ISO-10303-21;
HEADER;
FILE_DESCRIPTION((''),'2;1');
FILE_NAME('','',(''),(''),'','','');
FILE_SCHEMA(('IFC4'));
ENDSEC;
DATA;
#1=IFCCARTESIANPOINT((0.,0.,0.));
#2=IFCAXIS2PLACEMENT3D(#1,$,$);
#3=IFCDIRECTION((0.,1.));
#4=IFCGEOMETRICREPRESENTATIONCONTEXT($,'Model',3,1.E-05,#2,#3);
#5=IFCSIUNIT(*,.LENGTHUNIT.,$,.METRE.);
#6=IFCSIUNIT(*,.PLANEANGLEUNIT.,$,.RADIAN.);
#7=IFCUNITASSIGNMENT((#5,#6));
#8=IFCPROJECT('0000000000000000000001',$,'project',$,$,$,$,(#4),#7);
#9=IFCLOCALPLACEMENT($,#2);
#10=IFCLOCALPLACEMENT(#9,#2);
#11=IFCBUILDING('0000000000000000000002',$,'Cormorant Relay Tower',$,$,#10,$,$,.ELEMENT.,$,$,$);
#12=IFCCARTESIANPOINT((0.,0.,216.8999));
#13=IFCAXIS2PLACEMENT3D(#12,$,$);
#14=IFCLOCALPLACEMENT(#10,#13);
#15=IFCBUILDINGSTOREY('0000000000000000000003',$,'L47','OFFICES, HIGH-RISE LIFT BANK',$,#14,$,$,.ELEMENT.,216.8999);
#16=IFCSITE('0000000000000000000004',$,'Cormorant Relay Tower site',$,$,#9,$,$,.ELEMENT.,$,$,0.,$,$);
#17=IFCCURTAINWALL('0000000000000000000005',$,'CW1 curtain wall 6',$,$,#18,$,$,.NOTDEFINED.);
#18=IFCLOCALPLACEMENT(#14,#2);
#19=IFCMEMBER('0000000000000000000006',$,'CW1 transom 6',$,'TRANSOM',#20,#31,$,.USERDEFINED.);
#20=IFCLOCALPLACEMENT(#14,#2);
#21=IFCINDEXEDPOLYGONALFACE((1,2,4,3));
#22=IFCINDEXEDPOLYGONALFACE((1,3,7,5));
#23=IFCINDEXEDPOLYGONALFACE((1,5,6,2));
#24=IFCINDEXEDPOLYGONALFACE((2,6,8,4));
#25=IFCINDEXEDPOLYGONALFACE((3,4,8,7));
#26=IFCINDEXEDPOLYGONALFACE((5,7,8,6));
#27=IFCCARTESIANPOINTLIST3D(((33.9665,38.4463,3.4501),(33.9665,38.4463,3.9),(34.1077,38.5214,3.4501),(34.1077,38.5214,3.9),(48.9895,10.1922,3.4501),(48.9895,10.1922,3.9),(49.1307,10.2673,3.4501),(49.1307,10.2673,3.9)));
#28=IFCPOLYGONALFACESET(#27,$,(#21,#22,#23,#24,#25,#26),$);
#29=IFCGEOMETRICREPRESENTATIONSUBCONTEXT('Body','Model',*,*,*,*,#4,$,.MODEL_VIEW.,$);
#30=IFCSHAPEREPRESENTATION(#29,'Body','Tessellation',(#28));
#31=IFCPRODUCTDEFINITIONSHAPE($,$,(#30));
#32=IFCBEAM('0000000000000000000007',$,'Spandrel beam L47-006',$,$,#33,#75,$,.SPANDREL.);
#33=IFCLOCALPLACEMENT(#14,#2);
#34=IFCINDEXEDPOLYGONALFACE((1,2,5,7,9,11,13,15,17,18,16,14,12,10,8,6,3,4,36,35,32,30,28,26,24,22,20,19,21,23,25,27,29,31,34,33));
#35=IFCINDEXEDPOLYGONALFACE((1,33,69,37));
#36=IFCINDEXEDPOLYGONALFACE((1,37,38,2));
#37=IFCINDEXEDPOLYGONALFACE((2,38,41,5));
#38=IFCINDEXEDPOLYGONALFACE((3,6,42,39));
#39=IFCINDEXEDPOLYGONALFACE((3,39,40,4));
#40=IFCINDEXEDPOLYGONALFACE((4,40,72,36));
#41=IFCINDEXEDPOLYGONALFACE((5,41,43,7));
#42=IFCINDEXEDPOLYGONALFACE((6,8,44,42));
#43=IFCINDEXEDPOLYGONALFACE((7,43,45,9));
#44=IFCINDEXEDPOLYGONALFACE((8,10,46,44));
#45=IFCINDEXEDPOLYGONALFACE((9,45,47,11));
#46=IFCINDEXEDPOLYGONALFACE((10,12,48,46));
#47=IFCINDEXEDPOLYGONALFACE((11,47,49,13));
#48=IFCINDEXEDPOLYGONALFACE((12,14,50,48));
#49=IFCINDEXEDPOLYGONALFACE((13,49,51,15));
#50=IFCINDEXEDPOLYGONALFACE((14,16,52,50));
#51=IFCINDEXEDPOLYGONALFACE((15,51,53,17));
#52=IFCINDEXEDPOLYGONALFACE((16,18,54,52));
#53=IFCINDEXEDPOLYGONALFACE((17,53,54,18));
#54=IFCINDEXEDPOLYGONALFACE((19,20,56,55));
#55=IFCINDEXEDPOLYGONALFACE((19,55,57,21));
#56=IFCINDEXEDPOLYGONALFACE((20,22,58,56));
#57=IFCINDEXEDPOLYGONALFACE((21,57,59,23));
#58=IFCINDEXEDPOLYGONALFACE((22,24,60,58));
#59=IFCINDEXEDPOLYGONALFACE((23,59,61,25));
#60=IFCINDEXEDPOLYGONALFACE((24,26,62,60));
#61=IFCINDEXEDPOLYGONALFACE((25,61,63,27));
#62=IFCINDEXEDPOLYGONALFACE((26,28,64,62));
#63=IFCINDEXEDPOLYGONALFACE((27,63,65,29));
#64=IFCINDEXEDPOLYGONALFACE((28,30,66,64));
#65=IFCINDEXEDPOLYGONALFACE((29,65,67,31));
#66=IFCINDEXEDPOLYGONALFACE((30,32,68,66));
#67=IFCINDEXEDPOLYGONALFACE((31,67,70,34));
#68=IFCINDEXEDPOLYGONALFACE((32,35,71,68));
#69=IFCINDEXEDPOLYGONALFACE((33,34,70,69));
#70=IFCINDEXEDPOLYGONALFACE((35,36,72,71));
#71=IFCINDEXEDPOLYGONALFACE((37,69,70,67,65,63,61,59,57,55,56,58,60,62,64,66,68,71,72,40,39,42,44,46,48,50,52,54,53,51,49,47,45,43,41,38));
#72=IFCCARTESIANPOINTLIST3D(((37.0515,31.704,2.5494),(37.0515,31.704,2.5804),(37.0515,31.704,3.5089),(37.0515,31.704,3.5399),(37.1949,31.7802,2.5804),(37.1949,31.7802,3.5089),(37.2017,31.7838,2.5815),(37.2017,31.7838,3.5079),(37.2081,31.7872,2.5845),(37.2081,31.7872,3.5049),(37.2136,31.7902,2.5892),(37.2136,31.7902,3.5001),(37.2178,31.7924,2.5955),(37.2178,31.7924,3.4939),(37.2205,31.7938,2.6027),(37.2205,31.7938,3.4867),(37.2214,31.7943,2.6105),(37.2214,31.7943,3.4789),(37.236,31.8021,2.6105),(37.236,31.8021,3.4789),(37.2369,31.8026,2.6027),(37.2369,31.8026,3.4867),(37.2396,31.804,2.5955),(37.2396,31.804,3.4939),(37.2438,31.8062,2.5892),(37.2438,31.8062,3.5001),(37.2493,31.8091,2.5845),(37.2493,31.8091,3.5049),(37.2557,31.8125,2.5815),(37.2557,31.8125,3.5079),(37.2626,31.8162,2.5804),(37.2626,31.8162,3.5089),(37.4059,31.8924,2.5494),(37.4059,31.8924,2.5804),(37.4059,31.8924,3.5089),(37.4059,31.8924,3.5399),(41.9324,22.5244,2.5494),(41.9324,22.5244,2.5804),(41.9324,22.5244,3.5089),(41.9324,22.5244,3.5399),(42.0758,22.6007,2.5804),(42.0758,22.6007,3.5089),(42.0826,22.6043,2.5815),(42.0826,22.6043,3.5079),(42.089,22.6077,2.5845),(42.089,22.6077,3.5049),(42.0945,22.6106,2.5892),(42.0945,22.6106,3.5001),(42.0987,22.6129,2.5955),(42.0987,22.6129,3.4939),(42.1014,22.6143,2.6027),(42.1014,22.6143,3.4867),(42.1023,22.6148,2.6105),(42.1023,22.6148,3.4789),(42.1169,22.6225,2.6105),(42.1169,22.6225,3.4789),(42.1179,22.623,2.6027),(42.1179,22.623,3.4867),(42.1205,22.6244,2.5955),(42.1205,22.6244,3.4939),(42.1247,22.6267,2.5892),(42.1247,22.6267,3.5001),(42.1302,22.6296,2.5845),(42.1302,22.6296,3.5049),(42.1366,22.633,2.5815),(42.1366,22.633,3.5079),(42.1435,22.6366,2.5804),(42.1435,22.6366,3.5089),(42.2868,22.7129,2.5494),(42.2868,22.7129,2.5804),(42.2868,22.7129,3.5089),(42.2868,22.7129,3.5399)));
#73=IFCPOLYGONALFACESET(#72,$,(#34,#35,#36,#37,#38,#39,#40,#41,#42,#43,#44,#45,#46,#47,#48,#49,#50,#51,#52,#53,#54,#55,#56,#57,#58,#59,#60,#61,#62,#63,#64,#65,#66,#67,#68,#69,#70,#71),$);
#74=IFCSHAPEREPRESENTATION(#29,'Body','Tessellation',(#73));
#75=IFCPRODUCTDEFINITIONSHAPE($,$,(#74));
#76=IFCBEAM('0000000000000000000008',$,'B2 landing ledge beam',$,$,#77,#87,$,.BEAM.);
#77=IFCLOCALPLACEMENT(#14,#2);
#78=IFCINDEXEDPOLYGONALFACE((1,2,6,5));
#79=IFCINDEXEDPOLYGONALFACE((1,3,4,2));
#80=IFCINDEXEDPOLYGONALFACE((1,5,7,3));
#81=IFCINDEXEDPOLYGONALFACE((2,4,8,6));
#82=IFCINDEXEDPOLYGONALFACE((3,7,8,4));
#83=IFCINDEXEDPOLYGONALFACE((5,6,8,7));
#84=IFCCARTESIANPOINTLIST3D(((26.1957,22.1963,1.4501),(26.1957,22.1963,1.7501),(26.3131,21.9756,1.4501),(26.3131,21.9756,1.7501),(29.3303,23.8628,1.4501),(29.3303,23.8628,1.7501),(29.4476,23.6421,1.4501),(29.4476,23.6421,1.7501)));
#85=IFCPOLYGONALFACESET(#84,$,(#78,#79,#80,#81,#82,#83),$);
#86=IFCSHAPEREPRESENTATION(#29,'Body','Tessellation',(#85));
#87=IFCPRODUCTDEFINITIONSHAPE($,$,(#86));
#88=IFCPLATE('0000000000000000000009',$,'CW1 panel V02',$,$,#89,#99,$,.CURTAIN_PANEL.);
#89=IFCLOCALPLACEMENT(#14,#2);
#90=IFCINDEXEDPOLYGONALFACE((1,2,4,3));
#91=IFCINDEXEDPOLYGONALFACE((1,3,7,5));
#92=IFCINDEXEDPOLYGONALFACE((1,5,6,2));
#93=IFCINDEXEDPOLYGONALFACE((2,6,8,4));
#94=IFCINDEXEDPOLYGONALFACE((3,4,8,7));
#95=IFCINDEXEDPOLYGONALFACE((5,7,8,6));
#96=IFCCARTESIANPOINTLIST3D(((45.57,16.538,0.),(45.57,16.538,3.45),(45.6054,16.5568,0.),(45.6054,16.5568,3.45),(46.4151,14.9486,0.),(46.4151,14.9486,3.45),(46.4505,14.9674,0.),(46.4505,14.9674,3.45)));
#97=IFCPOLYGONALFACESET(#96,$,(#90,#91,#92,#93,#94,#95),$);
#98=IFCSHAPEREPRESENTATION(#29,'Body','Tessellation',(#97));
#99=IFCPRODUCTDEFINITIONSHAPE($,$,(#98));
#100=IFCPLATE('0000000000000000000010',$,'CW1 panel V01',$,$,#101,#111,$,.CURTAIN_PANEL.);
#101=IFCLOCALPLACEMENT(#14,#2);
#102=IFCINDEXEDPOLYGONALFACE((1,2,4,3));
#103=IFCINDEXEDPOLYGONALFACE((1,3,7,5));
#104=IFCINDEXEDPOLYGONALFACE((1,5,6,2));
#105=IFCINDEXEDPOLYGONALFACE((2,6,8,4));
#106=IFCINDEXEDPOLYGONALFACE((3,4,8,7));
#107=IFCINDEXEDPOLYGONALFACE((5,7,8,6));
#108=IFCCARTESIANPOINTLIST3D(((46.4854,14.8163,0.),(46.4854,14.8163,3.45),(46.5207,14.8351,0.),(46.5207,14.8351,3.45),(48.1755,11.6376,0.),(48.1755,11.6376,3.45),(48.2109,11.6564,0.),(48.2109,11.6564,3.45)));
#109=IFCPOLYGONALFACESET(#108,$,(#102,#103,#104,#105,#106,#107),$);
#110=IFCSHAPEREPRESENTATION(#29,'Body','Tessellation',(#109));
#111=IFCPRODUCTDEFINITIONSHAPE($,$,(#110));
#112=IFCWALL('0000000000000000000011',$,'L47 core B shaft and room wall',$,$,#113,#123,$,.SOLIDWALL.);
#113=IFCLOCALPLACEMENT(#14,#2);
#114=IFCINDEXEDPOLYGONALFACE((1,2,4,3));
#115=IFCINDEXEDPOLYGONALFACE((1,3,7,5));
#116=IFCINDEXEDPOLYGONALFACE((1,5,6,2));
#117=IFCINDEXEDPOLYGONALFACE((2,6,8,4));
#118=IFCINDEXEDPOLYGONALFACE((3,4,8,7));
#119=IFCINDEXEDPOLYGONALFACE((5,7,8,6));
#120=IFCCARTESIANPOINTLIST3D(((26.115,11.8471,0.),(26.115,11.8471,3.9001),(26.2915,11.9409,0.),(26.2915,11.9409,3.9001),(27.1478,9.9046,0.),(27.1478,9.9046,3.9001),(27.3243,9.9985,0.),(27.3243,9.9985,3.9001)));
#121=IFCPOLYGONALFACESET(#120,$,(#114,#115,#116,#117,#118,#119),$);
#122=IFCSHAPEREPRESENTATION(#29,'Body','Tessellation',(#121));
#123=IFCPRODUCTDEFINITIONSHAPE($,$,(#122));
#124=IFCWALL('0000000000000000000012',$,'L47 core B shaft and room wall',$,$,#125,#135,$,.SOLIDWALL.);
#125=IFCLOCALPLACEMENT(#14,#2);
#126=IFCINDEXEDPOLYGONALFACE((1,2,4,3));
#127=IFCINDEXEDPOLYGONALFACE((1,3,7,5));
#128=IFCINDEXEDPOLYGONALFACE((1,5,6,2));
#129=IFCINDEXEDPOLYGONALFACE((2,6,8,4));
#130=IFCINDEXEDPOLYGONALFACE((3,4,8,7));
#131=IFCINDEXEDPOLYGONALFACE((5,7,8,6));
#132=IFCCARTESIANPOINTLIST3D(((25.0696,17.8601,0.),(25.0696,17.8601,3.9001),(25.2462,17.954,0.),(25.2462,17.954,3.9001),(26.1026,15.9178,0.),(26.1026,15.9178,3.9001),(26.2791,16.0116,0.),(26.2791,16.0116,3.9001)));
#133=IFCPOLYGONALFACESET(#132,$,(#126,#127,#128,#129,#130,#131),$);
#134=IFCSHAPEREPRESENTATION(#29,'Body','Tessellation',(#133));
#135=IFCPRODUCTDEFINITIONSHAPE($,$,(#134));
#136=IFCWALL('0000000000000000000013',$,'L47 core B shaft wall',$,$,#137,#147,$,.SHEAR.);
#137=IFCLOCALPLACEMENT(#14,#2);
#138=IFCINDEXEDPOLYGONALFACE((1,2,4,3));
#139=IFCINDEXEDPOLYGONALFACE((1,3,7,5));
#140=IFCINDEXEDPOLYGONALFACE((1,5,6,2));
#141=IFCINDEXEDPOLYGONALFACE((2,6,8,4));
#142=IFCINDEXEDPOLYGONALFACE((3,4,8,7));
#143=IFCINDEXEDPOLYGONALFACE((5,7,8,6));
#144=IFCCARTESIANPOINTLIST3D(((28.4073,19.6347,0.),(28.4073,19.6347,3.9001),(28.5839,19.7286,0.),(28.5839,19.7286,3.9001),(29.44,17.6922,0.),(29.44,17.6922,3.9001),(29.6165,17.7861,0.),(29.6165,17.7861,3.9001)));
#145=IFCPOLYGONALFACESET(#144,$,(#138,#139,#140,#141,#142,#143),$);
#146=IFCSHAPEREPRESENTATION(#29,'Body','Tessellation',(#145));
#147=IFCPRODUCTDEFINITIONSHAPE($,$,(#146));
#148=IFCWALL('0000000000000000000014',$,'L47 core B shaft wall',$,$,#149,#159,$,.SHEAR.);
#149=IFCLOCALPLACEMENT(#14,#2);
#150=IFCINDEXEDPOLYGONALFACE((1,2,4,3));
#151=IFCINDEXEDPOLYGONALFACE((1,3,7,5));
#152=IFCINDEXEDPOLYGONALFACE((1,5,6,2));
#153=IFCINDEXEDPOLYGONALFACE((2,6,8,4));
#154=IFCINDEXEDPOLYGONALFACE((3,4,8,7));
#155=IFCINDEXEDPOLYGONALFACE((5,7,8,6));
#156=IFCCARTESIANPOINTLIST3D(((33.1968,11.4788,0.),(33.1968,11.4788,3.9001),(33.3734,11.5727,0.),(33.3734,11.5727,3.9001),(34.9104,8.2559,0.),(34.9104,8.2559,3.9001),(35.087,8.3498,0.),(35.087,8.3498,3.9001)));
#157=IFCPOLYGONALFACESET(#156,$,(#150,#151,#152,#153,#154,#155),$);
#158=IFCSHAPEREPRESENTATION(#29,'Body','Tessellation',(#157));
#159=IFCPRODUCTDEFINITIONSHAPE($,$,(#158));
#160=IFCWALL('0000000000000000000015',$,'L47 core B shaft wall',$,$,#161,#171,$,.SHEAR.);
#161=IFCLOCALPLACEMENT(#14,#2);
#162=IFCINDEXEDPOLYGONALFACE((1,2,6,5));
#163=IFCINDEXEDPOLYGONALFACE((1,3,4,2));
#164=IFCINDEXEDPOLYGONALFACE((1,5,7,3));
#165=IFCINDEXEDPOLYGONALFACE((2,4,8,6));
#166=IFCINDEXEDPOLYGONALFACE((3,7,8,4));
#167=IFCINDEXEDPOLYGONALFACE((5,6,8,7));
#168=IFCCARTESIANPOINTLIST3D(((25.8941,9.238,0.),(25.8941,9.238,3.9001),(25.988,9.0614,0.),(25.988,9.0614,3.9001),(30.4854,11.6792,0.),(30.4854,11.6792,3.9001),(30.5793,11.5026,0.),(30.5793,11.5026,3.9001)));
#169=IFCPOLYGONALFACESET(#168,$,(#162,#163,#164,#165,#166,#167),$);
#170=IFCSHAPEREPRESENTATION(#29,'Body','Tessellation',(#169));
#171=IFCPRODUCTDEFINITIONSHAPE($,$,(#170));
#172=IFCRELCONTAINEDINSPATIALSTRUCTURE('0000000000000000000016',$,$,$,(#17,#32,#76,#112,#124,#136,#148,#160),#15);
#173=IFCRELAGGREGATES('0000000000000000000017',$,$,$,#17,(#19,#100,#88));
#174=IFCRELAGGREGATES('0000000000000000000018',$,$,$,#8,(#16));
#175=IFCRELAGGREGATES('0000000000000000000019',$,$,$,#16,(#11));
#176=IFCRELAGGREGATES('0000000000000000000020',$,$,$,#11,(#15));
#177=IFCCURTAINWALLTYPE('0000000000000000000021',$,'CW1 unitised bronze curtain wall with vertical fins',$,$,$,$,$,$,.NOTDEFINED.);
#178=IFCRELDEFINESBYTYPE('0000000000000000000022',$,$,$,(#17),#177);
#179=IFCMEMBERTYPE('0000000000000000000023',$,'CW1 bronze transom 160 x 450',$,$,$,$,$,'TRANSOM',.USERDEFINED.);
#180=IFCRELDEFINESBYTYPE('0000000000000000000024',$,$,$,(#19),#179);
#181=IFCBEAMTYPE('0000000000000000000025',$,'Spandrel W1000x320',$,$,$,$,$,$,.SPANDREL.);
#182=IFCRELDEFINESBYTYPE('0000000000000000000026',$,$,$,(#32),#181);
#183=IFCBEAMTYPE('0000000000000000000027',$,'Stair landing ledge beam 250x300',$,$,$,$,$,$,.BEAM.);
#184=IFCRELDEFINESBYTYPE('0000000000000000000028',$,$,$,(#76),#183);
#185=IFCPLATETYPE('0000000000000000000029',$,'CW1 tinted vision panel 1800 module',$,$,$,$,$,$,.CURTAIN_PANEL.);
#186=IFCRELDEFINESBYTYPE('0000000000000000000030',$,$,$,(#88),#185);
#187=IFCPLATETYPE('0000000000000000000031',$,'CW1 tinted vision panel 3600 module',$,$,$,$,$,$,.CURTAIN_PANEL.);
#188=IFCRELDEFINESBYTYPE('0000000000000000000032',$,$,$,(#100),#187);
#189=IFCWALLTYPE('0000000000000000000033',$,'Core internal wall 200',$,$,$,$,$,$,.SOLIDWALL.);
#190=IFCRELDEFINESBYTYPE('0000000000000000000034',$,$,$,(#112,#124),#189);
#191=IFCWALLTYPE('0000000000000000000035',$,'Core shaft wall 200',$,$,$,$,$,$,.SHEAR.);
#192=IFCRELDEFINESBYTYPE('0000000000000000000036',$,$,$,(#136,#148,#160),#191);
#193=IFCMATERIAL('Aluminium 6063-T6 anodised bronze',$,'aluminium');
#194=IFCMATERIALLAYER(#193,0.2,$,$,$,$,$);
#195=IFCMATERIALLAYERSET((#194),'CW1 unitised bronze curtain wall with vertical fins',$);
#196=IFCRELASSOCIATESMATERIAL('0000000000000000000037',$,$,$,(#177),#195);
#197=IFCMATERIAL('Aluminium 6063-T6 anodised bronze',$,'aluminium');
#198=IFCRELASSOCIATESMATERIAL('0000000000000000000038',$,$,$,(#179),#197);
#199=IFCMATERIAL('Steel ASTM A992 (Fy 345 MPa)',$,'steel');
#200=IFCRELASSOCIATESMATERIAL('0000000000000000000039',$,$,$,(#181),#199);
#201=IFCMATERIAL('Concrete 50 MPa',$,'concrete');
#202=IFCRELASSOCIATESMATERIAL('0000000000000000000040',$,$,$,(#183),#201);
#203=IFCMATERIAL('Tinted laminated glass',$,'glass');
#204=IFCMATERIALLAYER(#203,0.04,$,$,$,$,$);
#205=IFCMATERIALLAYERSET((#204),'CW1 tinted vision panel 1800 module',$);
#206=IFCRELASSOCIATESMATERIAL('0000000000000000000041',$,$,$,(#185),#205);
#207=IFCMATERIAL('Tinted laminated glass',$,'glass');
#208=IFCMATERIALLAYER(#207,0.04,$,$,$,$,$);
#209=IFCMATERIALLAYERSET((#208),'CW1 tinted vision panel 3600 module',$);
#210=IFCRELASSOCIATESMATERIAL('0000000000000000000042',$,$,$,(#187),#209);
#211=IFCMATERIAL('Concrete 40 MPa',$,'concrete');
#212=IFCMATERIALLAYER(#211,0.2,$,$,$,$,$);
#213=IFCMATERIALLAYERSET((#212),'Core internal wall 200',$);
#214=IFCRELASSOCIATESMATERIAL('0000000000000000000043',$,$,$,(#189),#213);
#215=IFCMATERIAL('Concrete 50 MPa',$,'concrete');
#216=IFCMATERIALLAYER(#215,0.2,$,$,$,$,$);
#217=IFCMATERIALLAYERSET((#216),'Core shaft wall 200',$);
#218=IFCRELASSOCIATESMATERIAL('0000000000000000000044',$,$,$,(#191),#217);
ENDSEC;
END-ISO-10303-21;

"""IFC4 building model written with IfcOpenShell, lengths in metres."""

from ifc_helpers import new_model, si_unit, direction, frame, frame_2d, origin, origin_2d, place, context, subcontext, project, spatial, rectangle, i_section, extrude, material, layer, layer_set, material_profile, profile_set, type_object, element, aggregate, save


model = new_model("IFC4")

# Units and contexts
model_context = context("Model", 3, precision=1e-05, world=origin(), true_north=direction((0.0, 1.0)))
body_context = subcontext(model_context, "Body", "Model", "MODEL_VIEW")
ifc_project = project(units=[si_unit("LENGTHUNIT", "METRE"), si_unit("PLANEANGLEUNIT", "RADIAN")], contexts=[model_context])

# Site, building, storey
site_placement = place(None, origin())
site = spatial("IfcSite", under=ifc_project, at=site_placement, Name="Cormorant Relay Tower site", CompositionType="ELEMENT", RefElevation=0.0)
building_placement = place(site_placement, origin())
building = spatial("IfcBuilding", under=site, at=building_placement, Name="Cormorant Relay Tower", CompositionType="ELEMENT")
storey_placement = place(building_placement, frame((0.0, 0.0, 216.8999)))
storey = spatial("IfcBuildingStorey", under=building, at=storey_placement, Name="L47", Description="OFFICES, HIGH-RISE LIFT BANK", CompositionType="ELEMENT", Elevation=216.8999)

# Curtain wall, member
ifc_material_1 = material(Name="Aluminium 6063-T6 anodised bronze", Category="aluminium")
ifc_layer_1 = layer(ifc_material_1, 0.2)
ifc_layer_set_1 = layer_set([ifc_layer_1], Name="CW1 unitised bronze curtain wall with vertical fins")
curtain_wall_type = type_object("IfcCurtainWallType", Name="CW1 unitised bronze curtain wall with vertical fins", PredefinedType="NOTDEFINED", material=ifc_layer_set_1)
curtain_wall_1_placement = place(storey_placement, origin())
curtain_wall_1 = element("IfcCurtainWall", 1, at=curtain_wall_1_placement, inside=storey, type_object=curtain_wall_type, Name="CW1 curtain wall 6", PredefinedType="NOTDEFINED")
ifc_material_2 = material(Name="Aluminium 6063-T6 anodised bronze", Category="aluminium")
ifc_material_profile_1 = material_profile(ifc_material_2, rectangle(XDim=0.1599, YDim=0.45, at=origin_2d()), Name="AL 160x450")
ifc_profile_set_1 = profile_set([ifc_material_profile_1], Name="Aluminium 6063-T6 anodised bronze")
member_type_1 = type_object("IfcMemberType", Name="CW1 bronze transom 160 x 450", ElementType="TRANSOM", PredefinedType="USERDEFINED", material=ifc_profile_set_1)
member_1_placement = place(storey_placement, frame((49.0601, 10.2297, 3.675), z_axis=(-0.46947, 0.882948, 0.0), x_axis=(-0.882948, -0.46947, 0.0)))
member_1 = element("IfcMember", 2, at=member_1_placement, type_object=member_type_1, Name="CW1 transom 6", ObjectType="TRANSOM", PredefinedType="USERDEFINED", context=body_context, shape_type="SweptSolid", body=[
    extrude(rectangle(XDim=0.1599, YDim=0.45, at=origin_2d()), origin(), (0.0, 0.0, 1.0), 31.9998),
])

# Beams
ifc_material_3 = material(Name="Steel ASTM A992 (Fy 345 MPa)", Category="steel")
ifc_material_profile_2 = material_profile(ifc_material_3, i_section(OverallWidth=0.4014, OverallDepth=0.9905, WebThickness=0.0166, FlangeThickness=0.031, FilletRadius=0.03, at=origin_2d()), Name="W1000x320")
ifc_profile_set_2 = profile_set([ifc_material_profile_2], Name="Steel ASTM A992 (Fy 345 MPa)")
beam_type_1 = type_object("IfcBeamType", Name="Spandrel W1000x320", PredefinedType="SPANDREL", material=ifc_profile_set_2)
beam_1_placement = place(storey_placement, frame((42.1096, 22.6187, 3.0447), z_axis=(-0.469476, 0.882945, 0.0), x_axis=(-0.882945, -0.469476, 0.0)))
element("IfcBeam", 3, at=beam_1_placement, inside=storey, type_object=beam_type_1, Name="Spandrel beam L47-006", PredefinedType="SPANDREL", context=body_context, shape_type="SweptSolid", body=[
    extrude(i_section(OverallWidth=0.4014, OverallDepth=0.9905, WebThickness=0.0166, FlangeThickness=0.031, FilletRadius=0.03, at=origin_2d()), origin(), (0.0, 0.0, 1.0), 10.3965),
])
ifc_material_4 = material(Name="Concrete 50 MPa", Category="concrete")
ifc_material_profile_3 = material_profile(ifc_material_4, rectangle(XDim=0.25, YDim=0.3, at=origin_2d()), Name="RC 250x300")
ifc_profile_set_3 = profile_set([ifc_material_profile_3], Name="Concrete 50 MPa")
beam_type_2 = type_object("IfcBeamType", Name="Stair landing ledge beam 250x300", PredefinedType="BEAM", material=ifc_profile_set_3)
beam_2_placement = place(storey_placement, frame((26.2544, 22.0859, 1.6001), z_axis=(0.882965, 0.469438, 0.0), x_axis=(-0.469438, 0.882965, 0.0)))
element("IfcBeam", 4, at=beam_2_placement, inside=storey, type_object=beam_type_2, Name="B2 landing ledge beam", PredefinedType="BEAM", context=body_context, shape_type="SweptSolid", body=[
    extrude(rectangle(XDim=0.25, YDim=0.3, at=origin_2d()), origin(), (0.0, 0.0, 1.0), 3.55),
])

# Plates
ifc_material_5 = material(Name="Tinted laminated glass", Category="glass")
ifc_layer_2 = layer(ifc_material_5, 0.04)
ifc_layer_set_2 = layer_set([ifc_layer_2], Name="CW1 tinted vision panel 1800 module")
plate_type_1 = type_object("IfcPlateType", Name="CW1 tinted vision panel 1800 module", PredefinedType="CURTAIN_PANEL", material=ifc_layer_set_2)
plate_1_placement = place(storey_placement, frame((46.0103, 15.7527, 0.0), z_axis=(0.0, 0.0, 1.0), x_axis=(-0.469472, 0.882948, 0.0)))
plate_1 = element("IfcPlate", 5, at=plate_1_placement, type_object=plate_type_1, Name="CW1 panel V02", PredefinedType="CURTAIN_PANEL", context=body_context, shape_type="SweptSolid", body=[
    extrude(rectangle(XDim=1.8, YDim=0.04, at=origin_2d()), origin(), (0.0, 0.0, 1.0), 3.45),
])
ifc_material_6 = material(Name="Tinted laminated glass", Category="glass")
ifc_layer_3 = layer(ifc_material_6, 0.04)
ifc_layer_set_3 = layer_set([ifc_layer_3], Name="CW1 tinted vision panel 3600 module")
plate_type_2 = type_object("IfcPlateType", Name="CW1 tinted vision panel 3600 module", PredefinedType="CURTAIN_PANEL", material=ifc_layer_set_3)
plate_2_placement = place(storey_placement, frame((47.3481, 13.2363, 0.0), z_axis=(0.0, 0.0, 1.0), x_axis=(-0.469472, 0.882948, 0.0)))
plate_2 = element("IfcPlate", 6, at=plate_2_placement, type_object=plate_type_2, Name="CW1 panel V01", PredefinedType="CURTAIN_PANEL", context=body_context, shape_type="SweptSolid", body=[
    extrude(rectangle(XDim=3.6001, YDim=0.04, at=origin_2d()), origin(), (0.0, 0.0, 1.0), 3.45),
])

# Walls
ifc_material_7 = material(Name="Concrete 40 MPa", Category="concrete")
ifc_layer_4 = layer(ifc_material_7, 0.2)
ifc_layer_set_4 = layer_set([ifc_layer_4], Name="Core internal wall 200")
wall_type_1 = type_object("IfcWallType", Name="Core internal wall 200", PredefinedType="SOLIDWALL", material=ifc_layer_set_4)
for number, where, z_axis, x_axis, name in (
    (7, (27.2361, 9.9514, 0.0), (0.0, 0.0, 1.0), (-0.469447, 0.88296, 0.0), "L47 core B shaft and room wall"),
    (8, (26.1909, 15.9646, 0.0), (0.0, 0.0, 1.0), (-0.469534, 0.882914, 0.0), "L47 core B shaft and room wall"),
):
    element("IfcWall", number, at=place(storey_placement, frame(where, z_axis=z_axis, x_axis=x_axis)), inside=storey, type_object=wall_type_1, Name=name, PredefinedType="SOLIDWALL", context=body_context, shape_type="SweptSolid", body=[
        extrude(rectangle(XDim=2.2, YDim=0.2, at=frame_2d((1.1001, 0.0))), origin(), (0.0, 0.0, 1.0), 3.9001),
    ])
ifc_material_8 = material(Name="Concrete 50 MPa", Category="concrete")
ifc_layer_5 = layer(ifc_material_8, 0.2)
ifc_layer_set_5 = layer_set([ifc_layer_5], Name="Core shaft wall 200")
wall_type_2 = type_object("IfcWallType", Name="Core shaft wall 200", PredefinedType="SHEAR", material=ifc_layer_set_5)
wall_1_placement = place(storey_placement, frame((29.5283, 17.739, 0.0), z_axis=(0.0, 0.0, 1.0), x_axis=(-0.469401, 0.882985, 0.0)))
element("IfcWall", 9, at=wall_1_placement, inside=storey, type_object=wall_type_2, Name="L47 core B shaft wall", PredefinedType="SHEAR", context=body_context, shape_type="SweptSolid", body=[
    extrude(rectangle(XDim=2.2, YDim=0.2, at=frame_2d((1.1001, 0.0))), origin(), (0.0, 0.0, 1.0), 3.9001),
])
wall_2_placement = place(storey_placement, frame((34.9988, 8.3027, 0.0), z_axis=(0.0, 0.0, 1.0), x_axis=(-0.469467, 0.88295, 0.0)))
element("IfcWall", 10, at=wall_2_placement, inside=storey, type_object=wall_type_2, Name="L47 core B shaft wall", PredefinedType="SHEAR", context=body_context, shape_type="SweptSolid", body=[
    extrude(rectangle(XDim=3.6501, YDim=0.2, at=frame_2d((1.8252, 0.0))), origin(), (0.0, 0.0, 1.0), 3.9001),
])

# Wall
wall_3_placement = place(storey_placement, frame((25.9409, 9.1497, 0.0), z_axis=(0.0, 0.0, 1.0), x_axis=(0.882954, 0.46946, 0.0)))
element("IfcWall", 11, at=wall_3_placement, inside=storey, type_object=wall_type_2, Name="L47 core B shaft wall", PredefinedType="SHEAR", context=body_context, shape_type="SweptSolid", body=[
    extrude(rectangle(XDim=5.2, YDim=0.2, at=frame_2d((2.6001, 0.0))), origin(), (0.0, 0.0, 1.0), 3.9001),
])

aggregate(curtain_wall_1, [member_1, plate_2, plate_1])

save(model, "model.ifc")
